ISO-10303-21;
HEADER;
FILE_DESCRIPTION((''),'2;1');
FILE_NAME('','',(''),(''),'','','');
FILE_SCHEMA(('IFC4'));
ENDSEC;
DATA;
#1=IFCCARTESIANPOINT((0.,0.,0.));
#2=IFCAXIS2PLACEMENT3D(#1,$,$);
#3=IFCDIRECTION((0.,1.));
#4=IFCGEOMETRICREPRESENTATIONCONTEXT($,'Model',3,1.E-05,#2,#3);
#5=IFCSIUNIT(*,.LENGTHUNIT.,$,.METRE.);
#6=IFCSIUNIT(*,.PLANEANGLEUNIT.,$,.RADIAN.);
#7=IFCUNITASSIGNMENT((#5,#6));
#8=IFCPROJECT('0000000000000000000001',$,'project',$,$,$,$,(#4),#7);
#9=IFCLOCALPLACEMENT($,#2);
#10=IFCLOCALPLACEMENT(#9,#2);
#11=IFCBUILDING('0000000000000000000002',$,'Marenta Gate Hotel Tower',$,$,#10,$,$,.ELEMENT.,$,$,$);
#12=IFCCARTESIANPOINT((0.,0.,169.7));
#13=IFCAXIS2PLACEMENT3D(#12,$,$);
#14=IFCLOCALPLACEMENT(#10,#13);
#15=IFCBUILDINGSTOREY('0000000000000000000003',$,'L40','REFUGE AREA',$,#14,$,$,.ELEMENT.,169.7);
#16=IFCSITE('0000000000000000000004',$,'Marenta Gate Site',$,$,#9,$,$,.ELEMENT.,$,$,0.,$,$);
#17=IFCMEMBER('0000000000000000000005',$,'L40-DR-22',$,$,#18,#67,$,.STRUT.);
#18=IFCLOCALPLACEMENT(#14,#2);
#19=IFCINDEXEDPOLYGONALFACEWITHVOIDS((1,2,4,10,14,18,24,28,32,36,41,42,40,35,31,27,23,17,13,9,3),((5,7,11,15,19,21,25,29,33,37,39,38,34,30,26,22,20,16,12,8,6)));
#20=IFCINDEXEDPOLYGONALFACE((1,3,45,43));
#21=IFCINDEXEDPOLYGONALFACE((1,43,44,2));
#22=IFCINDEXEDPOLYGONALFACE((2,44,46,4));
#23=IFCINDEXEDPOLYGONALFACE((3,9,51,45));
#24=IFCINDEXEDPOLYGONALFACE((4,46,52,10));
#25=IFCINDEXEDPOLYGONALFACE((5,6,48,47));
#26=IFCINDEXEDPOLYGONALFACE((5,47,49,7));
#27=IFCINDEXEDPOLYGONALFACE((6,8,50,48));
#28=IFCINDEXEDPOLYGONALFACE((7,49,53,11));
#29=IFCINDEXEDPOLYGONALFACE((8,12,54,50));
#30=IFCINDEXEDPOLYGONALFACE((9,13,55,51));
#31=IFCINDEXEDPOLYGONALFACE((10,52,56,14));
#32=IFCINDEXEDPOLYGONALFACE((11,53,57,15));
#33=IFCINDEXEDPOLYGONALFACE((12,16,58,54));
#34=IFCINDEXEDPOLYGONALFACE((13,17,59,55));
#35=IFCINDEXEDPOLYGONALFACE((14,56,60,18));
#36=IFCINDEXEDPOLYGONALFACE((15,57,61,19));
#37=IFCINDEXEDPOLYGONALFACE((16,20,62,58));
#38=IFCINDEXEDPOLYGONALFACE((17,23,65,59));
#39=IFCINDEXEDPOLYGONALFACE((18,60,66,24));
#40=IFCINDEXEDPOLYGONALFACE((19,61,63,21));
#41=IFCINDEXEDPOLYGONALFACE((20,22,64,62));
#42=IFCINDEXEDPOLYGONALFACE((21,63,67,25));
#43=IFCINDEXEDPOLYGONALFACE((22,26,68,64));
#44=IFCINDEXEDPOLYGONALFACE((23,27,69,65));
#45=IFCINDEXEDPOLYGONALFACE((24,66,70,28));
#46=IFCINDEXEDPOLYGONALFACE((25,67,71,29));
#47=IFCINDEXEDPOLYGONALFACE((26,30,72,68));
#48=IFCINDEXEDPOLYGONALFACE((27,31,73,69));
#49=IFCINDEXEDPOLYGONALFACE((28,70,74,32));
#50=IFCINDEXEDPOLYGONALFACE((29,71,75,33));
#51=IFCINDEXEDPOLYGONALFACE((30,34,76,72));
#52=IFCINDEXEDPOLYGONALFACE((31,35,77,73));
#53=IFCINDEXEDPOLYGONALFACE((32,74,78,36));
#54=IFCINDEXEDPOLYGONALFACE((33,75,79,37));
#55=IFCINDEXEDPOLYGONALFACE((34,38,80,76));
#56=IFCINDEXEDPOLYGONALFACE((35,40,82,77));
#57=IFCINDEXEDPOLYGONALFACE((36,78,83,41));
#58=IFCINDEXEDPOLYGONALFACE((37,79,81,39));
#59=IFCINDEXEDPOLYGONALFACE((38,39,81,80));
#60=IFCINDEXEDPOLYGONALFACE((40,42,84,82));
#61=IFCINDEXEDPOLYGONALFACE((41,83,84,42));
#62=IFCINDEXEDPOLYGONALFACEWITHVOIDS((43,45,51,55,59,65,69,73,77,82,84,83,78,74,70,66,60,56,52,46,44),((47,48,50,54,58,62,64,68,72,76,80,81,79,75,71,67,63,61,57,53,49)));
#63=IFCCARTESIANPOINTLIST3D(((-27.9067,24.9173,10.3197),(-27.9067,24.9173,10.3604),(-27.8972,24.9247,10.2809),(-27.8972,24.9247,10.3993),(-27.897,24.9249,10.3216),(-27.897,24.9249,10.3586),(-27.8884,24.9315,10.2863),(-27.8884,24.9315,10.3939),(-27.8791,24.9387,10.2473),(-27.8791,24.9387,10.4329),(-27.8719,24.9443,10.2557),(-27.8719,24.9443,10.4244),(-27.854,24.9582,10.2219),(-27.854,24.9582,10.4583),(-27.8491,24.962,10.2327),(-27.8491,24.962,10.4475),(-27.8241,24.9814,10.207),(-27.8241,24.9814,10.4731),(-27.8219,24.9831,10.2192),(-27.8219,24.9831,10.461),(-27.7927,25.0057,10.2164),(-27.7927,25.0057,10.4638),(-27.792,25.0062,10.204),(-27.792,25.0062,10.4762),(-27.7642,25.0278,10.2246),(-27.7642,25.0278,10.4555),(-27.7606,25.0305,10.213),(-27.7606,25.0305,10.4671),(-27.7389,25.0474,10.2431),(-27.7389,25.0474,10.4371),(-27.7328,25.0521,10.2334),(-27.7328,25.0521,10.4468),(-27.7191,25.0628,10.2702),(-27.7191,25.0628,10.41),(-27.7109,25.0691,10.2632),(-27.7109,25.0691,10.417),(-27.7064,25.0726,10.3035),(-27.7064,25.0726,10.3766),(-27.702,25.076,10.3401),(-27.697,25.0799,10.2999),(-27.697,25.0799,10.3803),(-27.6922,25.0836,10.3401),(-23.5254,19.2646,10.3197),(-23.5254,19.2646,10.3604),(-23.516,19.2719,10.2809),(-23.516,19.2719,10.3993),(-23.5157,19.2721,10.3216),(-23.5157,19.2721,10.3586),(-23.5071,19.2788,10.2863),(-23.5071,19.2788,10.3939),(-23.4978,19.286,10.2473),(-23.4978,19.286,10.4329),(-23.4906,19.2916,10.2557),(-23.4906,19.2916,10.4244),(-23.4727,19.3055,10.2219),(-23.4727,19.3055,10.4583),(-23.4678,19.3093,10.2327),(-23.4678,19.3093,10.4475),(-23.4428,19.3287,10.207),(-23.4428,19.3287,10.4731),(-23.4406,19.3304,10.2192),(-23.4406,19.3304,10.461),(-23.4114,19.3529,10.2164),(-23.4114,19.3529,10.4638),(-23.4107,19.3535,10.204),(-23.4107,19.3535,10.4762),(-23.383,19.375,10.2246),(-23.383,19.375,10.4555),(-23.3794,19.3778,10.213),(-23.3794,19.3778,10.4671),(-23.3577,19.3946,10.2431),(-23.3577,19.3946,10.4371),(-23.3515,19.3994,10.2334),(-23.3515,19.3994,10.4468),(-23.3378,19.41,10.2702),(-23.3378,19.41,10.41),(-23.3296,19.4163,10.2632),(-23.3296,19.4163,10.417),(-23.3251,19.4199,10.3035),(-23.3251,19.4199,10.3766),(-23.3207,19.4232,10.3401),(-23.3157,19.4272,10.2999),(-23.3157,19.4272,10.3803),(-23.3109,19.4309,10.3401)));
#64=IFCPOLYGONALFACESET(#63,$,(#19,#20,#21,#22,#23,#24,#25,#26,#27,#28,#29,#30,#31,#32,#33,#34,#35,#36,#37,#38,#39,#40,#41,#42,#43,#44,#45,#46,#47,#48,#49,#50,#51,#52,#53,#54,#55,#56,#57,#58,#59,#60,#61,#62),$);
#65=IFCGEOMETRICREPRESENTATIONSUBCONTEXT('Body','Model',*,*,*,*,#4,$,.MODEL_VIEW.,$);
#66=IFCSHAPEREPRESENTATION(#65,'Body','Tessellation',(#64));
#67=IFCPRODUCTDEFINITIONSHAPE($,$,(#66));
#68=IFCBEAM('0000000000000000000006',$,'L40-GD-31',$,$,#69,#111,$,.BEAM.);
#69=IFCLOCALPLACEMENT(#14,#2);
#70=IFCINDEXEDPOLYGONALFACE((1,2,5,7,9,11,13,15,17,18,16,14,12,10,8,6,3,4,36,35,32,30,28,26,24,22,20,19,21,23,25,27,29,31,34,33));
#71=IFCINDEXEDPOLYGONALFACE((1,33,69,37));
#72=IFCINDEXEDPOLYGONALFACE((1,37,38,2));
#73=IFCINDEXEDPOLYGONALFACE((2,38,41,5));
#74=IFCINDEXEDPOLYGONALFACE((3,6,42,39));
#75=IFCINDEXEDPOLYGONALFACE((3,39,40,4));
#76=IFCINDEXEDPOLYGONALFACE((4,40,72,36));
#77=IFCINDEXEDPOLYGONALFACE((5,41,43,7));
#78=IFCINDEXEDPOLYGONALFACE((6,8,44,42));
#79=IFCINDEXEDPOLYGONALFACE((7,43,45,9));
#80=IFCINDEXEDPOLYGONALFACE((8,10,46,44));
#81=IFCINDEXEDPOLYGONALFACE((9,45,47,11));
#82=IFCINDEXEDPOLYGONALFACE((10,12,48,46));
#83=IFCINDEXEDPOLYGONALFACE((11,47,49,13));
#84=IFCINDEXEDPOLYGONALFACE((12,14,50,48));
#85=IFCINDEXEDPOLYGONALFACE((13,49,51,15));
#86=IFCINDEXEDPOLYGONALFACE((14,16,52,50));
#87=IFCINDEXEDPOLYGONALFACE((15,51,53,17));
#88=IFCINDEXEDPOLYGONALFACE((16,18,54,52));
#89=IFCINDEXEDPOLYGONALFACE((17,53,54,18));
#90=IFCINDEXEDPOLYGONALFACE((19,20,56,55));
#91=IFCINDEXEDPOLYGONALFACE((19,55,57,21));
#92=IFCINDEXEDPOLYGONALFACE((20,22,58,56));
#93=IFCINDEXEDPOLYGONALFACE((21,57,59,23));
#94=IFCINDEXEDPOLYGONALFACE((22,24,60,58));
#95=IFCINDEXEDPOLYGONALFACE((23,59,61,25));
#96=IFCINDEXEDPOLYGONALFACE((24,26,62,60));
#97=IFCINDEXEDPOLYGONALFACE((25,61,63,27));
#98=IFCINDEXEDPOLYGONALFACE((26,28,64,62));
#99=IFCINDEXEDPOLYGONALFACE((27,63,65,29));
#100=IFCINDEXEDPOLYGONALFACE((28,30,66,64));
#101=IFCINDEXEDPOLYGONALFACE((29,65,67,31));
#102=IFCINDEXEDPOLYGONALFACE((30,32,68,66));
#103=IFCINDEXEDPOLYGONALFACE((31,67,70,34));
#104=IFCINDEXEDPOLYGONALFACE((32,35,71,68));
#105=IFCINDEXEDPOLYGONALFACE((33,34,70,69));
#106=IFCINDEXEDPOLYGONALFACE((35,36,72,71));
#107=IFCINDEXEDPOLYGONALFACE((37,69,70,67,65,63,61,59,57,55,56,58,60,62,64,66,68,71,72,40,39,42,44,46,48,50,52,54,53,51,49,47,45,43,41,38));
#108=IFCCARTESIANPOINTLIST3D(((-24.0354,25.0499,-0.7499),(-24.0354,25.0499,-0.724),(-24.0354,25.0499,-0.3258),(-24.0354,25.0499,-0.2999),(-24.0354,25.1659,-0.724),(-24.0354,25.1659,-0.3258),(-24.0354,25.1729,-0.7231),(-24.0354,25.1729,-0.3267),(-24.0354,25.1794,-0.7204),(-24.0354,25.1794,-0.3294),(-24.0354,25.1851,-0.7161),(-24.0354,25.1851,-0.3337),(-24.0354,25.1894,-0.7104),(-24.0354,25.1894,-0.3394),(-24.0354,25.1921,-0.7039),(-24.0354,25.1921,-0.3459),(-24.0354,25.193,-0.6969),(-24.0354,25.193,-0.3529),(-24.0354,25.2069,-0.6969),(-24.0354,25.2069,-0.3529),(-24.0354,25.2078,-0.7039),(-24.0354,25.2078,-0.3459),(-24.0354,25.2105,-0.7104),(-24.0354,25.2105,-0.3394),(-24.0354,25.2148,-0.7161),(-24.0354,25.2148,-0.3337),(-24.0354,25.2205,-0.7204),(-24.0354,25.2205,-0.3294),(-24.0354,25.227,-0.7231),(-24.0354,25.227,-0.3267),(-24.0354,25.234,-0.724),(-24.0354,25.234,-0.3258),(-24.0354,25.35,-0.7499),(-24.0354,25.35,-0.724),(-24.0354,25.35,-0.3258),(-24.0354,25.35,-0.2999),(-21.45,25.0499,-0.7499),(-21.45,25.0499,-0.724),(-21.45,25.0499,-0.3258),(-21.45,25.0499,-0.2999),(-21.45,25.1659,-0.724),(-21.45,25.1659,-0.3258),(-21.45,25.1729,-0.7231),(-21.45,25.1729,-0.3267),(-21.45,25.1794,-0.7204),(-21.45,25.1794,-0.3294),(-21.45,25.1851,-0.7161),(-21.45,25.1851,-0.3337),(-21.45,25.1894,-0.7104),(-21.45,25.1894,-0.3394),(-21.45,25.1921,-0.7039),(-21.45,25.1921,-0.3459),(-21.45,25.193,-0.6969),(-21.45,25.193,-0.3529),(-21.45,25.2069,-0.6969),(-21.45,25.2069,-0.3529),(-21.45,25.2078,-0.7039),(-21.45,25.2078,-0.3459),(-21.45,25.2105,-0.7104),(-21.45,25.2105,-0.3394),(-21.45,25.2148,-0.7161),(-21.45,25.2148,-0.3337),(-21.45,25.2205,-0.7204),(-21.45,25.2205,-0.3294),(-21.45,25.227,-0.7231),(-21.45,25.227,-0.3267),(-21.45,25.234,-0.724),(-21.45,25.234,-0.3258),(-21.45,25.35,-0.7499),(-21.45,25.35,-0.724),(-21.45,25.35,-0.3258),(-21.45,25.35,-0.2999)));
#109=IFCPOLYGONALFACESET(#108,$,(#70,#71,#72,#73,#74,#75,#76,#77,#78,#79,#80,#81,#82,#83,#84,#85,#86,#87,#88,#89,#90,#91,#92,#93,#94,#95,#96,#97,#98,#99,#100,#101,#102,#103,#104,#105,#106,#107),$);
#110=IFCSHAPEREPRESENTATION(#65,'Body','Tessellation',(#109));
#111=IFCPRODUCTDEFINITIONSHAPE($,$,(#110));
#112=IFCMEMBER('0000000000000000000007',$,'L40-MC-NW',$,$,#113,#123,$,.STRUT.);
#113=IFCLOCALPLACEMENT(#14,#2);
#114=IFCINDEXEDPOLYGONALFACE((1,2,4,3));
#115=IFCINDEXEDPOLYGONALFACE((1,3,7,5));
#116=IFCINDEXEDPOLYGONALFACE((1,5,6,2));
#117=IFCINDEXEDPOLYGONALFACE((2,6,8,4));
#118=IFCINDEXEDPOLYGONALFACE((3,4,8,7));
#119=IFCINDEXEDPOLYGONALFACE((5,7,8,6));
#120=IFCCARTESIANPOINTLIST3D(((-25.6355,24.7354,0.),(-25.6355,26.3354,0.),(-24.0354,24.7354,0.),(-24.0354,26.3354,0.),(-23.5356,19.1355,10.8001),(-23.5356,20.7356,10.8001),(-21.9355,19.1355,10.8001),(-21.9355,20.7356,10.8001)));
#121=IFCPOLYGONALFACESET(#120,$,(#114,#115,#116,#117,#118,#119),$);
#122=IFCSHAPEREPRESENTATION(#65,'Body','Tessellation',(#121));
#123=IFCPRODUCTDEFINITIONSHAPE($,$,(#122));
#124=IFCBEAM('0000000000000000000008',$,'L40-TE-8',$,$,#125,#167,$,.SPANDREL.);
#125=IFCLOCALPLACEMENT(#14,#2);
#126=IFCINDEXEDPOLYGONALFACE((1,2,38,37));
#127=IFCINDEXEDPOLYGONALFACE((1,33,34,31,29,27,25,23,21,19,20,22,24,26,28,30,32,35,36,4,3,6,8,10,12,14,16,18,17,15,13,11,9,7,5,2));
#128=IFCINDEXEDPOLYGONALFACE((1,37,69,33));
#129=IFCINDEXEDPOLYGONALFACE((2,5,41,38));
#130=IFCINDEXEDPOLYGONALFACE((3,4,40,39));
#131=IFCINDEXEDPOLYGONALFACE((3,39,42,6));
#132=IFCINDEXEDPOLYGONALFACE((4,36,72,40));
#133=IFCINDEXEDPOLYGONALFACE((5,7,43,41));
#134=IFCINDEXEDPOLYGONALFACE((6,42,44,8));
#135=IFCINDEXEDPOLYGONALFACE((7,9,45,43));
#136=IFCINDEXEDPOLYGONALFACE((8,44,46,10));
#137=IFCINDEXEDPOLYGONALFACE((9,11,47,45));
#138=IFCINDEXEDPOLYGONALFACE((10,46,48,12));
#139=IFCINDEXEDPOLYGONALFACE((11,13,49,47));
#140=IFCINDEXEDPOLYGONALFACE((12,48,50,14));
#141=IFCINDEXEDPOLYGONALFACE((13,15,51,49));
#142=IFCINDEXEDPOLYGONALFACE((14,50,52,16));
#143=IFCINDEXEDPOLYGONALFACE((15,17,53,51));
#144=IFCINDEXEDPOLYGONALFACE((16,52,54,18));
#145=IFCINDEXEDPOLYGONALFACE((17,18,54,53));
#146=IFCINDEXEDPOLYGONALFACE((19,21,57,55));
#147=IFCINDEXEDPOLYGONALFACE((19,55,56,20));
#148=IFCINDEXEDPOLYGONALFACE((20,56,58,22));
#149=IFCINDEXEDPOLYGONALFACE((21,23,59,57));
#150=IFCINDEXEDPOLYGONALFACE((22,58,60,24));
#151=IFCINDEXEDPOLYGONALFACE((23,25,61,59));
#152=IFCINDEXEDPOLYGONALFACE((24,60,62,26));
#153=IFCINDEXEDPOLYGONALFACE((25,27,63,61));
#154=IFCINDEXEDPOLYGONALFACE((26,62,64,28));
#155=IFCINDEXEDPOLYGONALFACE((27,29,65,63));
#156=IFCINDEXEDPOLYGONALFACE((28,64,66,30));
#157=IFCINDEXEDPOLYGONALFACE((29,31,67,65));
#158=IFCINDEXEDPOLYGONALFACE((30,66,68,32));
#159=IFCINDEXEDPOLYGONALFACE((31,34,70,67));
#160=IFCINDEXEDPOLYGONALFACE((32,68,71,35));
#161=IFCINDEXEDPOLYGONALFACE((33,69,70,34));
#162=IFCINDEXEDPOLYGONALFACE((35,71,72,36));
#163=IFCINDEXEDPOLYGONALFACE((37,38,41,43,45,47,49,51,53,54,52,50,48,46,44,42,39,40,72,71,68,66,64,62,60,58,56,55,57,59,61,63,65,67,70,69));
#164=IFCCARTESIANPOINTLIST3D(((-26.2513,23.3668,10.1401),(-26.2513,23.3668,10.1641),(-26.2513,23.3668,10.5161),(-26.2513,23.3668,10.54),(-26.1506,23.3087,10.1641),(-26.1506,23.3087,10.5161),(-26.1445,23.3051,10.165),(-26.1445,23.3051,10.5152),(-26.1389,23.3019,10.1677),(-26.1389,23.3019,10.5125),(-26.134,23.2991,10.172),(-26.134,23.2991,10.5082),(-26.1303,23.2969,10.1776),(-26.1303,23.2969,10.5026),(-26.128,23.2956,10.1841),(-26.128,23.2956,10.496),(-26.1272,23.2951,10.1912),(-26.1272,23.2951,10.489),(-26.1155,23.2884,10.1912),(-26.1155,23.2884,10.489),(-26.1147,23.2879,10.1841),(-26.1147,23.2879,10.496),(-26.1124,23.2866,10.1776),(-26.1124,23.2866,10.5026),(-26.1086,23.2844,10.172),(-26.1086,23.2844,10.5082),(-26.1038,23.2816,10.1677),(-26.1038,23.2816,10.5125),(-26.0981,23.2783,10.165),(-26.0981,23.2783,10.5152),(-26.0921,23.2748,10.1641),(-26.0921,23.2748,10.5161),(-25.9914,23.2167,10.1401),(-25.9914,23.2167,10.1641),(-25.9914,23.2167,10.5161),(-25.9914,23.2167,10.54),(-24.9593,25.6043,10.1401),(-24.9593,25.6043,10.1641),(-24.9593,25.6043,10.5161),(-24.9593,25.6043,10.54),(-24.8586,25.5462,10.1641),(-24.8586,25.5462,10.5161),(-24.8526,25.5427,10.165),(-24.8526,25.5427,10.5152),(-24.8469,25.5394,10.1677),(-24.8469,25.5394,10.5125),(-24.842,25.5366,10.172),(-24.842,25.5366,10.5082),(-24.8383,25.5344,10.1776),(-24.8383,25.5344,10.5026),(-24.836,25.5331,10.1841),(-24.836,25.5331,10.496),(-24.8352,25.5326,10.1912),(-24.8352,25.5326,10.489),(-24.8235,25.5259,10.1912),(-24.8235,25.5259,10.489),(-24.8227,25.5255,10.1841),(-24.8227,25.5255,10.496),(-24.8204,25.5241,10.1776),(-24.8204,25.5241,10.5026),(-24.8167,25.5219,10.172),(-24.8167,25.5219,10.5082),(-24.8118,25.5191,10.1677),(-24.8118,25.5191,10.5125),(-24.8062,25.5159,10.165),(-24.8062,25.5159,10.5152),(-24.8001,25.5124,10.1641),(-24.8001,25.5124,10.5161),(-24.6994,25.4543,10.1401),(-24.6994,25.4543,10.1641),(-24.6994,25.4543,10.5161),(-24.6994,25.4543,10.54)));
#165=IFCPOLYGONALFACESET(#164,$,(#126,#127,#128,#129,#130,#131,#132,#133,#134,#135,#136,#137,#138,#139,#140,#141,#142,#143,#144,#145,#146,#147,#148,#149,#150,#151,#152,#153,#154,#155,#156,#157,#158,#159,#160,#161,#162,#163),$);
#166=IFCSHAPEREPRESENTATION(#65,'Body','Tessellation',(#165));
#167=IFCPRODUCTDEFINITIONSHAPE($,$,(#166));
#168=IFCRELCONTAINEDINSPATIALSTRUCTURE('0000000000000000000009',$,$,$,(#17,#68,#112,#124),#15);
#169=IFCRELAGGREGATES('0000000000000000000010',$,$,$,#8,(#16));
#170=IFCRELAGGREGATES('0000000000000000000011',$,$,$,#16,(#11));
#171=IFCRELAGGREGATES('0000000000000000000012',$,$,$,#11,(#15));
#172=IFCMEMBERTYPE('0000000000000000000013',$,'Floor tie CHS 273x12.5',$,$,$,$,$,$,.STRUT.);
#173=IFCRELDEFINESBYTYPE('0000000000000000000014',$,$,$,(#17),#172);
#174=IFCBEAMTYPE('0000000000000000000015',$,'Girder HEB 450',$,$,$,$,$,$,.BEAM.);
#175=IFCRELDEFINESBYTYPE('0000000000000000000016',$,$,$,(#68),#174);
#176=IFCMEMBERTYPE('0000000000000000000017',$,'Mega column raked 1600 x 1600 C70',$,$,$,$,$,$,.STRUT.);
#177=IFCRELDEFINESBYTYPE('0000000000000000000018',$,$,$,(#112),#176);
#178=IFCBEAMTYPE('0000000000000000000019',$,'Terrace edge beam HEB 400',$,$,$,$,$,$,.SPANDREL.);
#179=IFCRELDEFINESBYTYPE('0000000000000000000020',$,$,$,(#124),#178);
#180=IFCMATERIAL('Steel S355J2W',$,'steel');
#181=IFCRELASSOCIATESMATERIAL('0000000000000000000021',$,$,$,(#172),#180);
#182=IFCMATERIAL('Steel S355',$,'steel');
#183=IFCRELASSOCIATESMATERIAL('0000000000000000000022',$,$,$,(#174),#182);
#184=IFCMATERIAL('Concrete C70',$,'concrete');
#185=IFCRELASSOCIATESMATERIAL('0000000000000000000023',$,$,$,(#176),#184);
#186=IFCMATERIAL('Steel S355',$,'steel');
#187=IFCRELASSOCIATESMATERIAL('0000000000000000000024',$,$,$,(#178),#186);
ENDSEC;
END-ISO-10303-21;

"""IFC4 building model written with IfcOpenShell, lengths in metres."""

from ifc_helpers import new_model, si_unit, direction, frame, origin, origin_2d, place, context, subcontext, project, spatial, rectangle, hollow_circle, i_section, extrude, material, material_profile, profile_set, type_object, element, save


model = new_model("IFC4")

# Units and contexts
model_context = context("Model", 3, precision=1e-05, world=origin(), true_north=direction((0.0, 1.0)))
body_context = subcontext(model_context, "Body", "Model", "MODEL_VIEW")
ifc_project = project(units=[si_unit("LENGTHUNIT", "METRE"), si_unit("PLANEANGLEUNIT", "RADIAN")], contexts=[model_context])

# Site, building, storey
site_placement = place(None, origin())
site = spatial("IfcSite", under=ifc_project, at=site_placement, Name="Marenta Gate Site", CompositionType="ELEMENT", RefElevation=0.0)
building_placement = place(site_placement, origin())
building = spatial("IfcBuilding", under=site, at=building_placement, Name="Marenta Gate Hotel Tower", CompositionType="ELEMENT")
storey_placement = place(building_placement, frame((0.0, 0.0, 169.7)))
storey = spatial("IfcBuildingStorey", under=building, at=storey_placement, Name="L40", Description="REFUGE AREA", CompositionType="ELEMENT", Elevation=169.7)

# Member
ifc_material_1 = material(Name="Steel S355J2W", Category="steel")
ifc_material_profile_1 = material_profile(ifc_material_1, hollow_circle(Radius=0.1365, WallThickness=0.0125, at=origin_2d()), Name="CHS 273x12.5")
ifc_profile_set_1 = profile_set([ifc_material_profile_1], Name="Steel S355J2W")
member_type_1 = type_object("IfcMemberType", Name="Floor tie CHS 273x12.5", PredefinedType="STRUT", material=ifc_profile_set_1)
member_1_placement = place(storey_placement, frame((-27.8, 25.0, 10.3401), z_axis=(0.612607, -0.790388, 0.0), x_axis=(0.790388, 0.612607, 0.0)))
element("IfcMember", 1, at=member_1_placement, inside=storey, type_object=member_type_1, Name="L40-DR-22", PredefinedType="STRUT", context=body_context, shape_type="SweptSolid", body=[
    extrude(hollow_circle(Radius=0.1365, WallThickness=0.0125, at=origin_2d()), origin(), (0.0, 0.0, 1.0), 7.1519),
])

# Beam
ifc_material_2 = material(Name="Steel S355", Category="steel")
ifc_material_profile_2 = material_profile(ifc_material_2, i_section(OverallWidth=0.3, OverallDepth=0.45, WebThickness=0.0139, FlangeThickness=0.0259, FilletRadius=0.0271, at=origin_2d()), Name="HEB 450")
ifc_profile_set_2 = profile_set([ifc_material_profile_2], Name="Steel S355")
beam_type_1 = type_object("IfcBeamType", Name="Girder HEB 450", PredefinedType="BEAM", material=ifc_profile_set_2)
beam_1_placement = place(storey_placement, frame((-24.0354, 25.2, -0.5249), z_axis=(1.0, 0.0, 0.0), x_axis=(0.0, 1.0, 0.0)))
element("IfcBeam", 2, at=beam_1_placement, inside=storey, type_object=beam_type_1, Name="L40-GD-31", PredefinedType="BEAM", context=body_context, shape_type="SweptSolid", body=[
    extrude(i_section(OverallWidth=0.3, OverallDepth=0.45, WebThickness=0.0139, FlangeThickness=0.0259, FilletRadius=0.0271, at=origin_2d()), origin(), (0.0, 0.0, 1.0), 2.5854),
])

# Member
ifc_material_3 = material(Name="Concrete C70", Category="concrete")
ifc_material_profile_3 = material_profile(ifc_material_3, rectangle(XDim=1.6001, YDim=1.6001, at=origin_2d()), Name="1600 x 1600")
ifc_profile_set_3 = profile_set([ifc_material_profile_3], Name="Concrete C70")
member_type_2 = type_object("IfcMemberType", Name="Mega column raked 1600 x 1600 C70", PredefinedType="STRUT", material=ifc_profile_set_3)
member_2_placement = place(storey_placement, frame((-24.8354, 25.5354, 0.0), z_axis=(0.0, 0.0, 1.0), x_axis=(1.0, 0.0, 0.0)))
element("IfcMember", 3, at=member_2_placement, inside=storey, type_object=member_type_2, Name="L40-MC-NW", PredefinedType="STRUT", context=body_context, shape_type="SweptSolid", body=[
    extrude(rectangle(XDim=1.6001, YDim=1.6001, at=origin_2d()), origin(), (0.170092, -0.453599, 0.874824), 12.3455),
])

# Beam
ifc_material_4 = material(Name="Steel S355", Category="steel")
ifc_material_profile_4 = material_profile(ifc_material_4, i_section(OverallWidth=0.3, OverallDepth=0.3999, WebThickness=0.0134, FlangeThickness=0.0239, FilletRadius=0.0271, at=origin_2d()), Name="HEB 400")
ifc_profile_set_4 = profile_set([ifc_material_profile_4], Name="Steel S355")
beam_type_2 = type_object("IfcBeamType", Name="Terrace edge beam HEB 400", PredefinedType="SPANDREL", material=ifc_profile_set_4)
beam_2_placement = place(storey_placement, frame((-26.1213, 23.2917, 10.3401), z_axis=(0.500041, 0.866001, 0.0), x_axis=(-0.866001, 0.500041, 0.0)))
element("IfcBeam", 4, at=beam_2_placement, inside=storey, type_object=beam_type_2, Name="L40-TE-8", PredefinedType="SPANDREL", context=body_context, shape_type="SweptSolid", body=[
    extrude(i_section(OverallWidth=0.3, OverallDepth=0.3999, WebThickness=0.0134, FlangeThickness=0.0239, FilletRadius=0.0271, at=origin_2d()), origin(), (0.0, 0.0, 1.0), 2.5837),
])

save(model, "model.ifc")
